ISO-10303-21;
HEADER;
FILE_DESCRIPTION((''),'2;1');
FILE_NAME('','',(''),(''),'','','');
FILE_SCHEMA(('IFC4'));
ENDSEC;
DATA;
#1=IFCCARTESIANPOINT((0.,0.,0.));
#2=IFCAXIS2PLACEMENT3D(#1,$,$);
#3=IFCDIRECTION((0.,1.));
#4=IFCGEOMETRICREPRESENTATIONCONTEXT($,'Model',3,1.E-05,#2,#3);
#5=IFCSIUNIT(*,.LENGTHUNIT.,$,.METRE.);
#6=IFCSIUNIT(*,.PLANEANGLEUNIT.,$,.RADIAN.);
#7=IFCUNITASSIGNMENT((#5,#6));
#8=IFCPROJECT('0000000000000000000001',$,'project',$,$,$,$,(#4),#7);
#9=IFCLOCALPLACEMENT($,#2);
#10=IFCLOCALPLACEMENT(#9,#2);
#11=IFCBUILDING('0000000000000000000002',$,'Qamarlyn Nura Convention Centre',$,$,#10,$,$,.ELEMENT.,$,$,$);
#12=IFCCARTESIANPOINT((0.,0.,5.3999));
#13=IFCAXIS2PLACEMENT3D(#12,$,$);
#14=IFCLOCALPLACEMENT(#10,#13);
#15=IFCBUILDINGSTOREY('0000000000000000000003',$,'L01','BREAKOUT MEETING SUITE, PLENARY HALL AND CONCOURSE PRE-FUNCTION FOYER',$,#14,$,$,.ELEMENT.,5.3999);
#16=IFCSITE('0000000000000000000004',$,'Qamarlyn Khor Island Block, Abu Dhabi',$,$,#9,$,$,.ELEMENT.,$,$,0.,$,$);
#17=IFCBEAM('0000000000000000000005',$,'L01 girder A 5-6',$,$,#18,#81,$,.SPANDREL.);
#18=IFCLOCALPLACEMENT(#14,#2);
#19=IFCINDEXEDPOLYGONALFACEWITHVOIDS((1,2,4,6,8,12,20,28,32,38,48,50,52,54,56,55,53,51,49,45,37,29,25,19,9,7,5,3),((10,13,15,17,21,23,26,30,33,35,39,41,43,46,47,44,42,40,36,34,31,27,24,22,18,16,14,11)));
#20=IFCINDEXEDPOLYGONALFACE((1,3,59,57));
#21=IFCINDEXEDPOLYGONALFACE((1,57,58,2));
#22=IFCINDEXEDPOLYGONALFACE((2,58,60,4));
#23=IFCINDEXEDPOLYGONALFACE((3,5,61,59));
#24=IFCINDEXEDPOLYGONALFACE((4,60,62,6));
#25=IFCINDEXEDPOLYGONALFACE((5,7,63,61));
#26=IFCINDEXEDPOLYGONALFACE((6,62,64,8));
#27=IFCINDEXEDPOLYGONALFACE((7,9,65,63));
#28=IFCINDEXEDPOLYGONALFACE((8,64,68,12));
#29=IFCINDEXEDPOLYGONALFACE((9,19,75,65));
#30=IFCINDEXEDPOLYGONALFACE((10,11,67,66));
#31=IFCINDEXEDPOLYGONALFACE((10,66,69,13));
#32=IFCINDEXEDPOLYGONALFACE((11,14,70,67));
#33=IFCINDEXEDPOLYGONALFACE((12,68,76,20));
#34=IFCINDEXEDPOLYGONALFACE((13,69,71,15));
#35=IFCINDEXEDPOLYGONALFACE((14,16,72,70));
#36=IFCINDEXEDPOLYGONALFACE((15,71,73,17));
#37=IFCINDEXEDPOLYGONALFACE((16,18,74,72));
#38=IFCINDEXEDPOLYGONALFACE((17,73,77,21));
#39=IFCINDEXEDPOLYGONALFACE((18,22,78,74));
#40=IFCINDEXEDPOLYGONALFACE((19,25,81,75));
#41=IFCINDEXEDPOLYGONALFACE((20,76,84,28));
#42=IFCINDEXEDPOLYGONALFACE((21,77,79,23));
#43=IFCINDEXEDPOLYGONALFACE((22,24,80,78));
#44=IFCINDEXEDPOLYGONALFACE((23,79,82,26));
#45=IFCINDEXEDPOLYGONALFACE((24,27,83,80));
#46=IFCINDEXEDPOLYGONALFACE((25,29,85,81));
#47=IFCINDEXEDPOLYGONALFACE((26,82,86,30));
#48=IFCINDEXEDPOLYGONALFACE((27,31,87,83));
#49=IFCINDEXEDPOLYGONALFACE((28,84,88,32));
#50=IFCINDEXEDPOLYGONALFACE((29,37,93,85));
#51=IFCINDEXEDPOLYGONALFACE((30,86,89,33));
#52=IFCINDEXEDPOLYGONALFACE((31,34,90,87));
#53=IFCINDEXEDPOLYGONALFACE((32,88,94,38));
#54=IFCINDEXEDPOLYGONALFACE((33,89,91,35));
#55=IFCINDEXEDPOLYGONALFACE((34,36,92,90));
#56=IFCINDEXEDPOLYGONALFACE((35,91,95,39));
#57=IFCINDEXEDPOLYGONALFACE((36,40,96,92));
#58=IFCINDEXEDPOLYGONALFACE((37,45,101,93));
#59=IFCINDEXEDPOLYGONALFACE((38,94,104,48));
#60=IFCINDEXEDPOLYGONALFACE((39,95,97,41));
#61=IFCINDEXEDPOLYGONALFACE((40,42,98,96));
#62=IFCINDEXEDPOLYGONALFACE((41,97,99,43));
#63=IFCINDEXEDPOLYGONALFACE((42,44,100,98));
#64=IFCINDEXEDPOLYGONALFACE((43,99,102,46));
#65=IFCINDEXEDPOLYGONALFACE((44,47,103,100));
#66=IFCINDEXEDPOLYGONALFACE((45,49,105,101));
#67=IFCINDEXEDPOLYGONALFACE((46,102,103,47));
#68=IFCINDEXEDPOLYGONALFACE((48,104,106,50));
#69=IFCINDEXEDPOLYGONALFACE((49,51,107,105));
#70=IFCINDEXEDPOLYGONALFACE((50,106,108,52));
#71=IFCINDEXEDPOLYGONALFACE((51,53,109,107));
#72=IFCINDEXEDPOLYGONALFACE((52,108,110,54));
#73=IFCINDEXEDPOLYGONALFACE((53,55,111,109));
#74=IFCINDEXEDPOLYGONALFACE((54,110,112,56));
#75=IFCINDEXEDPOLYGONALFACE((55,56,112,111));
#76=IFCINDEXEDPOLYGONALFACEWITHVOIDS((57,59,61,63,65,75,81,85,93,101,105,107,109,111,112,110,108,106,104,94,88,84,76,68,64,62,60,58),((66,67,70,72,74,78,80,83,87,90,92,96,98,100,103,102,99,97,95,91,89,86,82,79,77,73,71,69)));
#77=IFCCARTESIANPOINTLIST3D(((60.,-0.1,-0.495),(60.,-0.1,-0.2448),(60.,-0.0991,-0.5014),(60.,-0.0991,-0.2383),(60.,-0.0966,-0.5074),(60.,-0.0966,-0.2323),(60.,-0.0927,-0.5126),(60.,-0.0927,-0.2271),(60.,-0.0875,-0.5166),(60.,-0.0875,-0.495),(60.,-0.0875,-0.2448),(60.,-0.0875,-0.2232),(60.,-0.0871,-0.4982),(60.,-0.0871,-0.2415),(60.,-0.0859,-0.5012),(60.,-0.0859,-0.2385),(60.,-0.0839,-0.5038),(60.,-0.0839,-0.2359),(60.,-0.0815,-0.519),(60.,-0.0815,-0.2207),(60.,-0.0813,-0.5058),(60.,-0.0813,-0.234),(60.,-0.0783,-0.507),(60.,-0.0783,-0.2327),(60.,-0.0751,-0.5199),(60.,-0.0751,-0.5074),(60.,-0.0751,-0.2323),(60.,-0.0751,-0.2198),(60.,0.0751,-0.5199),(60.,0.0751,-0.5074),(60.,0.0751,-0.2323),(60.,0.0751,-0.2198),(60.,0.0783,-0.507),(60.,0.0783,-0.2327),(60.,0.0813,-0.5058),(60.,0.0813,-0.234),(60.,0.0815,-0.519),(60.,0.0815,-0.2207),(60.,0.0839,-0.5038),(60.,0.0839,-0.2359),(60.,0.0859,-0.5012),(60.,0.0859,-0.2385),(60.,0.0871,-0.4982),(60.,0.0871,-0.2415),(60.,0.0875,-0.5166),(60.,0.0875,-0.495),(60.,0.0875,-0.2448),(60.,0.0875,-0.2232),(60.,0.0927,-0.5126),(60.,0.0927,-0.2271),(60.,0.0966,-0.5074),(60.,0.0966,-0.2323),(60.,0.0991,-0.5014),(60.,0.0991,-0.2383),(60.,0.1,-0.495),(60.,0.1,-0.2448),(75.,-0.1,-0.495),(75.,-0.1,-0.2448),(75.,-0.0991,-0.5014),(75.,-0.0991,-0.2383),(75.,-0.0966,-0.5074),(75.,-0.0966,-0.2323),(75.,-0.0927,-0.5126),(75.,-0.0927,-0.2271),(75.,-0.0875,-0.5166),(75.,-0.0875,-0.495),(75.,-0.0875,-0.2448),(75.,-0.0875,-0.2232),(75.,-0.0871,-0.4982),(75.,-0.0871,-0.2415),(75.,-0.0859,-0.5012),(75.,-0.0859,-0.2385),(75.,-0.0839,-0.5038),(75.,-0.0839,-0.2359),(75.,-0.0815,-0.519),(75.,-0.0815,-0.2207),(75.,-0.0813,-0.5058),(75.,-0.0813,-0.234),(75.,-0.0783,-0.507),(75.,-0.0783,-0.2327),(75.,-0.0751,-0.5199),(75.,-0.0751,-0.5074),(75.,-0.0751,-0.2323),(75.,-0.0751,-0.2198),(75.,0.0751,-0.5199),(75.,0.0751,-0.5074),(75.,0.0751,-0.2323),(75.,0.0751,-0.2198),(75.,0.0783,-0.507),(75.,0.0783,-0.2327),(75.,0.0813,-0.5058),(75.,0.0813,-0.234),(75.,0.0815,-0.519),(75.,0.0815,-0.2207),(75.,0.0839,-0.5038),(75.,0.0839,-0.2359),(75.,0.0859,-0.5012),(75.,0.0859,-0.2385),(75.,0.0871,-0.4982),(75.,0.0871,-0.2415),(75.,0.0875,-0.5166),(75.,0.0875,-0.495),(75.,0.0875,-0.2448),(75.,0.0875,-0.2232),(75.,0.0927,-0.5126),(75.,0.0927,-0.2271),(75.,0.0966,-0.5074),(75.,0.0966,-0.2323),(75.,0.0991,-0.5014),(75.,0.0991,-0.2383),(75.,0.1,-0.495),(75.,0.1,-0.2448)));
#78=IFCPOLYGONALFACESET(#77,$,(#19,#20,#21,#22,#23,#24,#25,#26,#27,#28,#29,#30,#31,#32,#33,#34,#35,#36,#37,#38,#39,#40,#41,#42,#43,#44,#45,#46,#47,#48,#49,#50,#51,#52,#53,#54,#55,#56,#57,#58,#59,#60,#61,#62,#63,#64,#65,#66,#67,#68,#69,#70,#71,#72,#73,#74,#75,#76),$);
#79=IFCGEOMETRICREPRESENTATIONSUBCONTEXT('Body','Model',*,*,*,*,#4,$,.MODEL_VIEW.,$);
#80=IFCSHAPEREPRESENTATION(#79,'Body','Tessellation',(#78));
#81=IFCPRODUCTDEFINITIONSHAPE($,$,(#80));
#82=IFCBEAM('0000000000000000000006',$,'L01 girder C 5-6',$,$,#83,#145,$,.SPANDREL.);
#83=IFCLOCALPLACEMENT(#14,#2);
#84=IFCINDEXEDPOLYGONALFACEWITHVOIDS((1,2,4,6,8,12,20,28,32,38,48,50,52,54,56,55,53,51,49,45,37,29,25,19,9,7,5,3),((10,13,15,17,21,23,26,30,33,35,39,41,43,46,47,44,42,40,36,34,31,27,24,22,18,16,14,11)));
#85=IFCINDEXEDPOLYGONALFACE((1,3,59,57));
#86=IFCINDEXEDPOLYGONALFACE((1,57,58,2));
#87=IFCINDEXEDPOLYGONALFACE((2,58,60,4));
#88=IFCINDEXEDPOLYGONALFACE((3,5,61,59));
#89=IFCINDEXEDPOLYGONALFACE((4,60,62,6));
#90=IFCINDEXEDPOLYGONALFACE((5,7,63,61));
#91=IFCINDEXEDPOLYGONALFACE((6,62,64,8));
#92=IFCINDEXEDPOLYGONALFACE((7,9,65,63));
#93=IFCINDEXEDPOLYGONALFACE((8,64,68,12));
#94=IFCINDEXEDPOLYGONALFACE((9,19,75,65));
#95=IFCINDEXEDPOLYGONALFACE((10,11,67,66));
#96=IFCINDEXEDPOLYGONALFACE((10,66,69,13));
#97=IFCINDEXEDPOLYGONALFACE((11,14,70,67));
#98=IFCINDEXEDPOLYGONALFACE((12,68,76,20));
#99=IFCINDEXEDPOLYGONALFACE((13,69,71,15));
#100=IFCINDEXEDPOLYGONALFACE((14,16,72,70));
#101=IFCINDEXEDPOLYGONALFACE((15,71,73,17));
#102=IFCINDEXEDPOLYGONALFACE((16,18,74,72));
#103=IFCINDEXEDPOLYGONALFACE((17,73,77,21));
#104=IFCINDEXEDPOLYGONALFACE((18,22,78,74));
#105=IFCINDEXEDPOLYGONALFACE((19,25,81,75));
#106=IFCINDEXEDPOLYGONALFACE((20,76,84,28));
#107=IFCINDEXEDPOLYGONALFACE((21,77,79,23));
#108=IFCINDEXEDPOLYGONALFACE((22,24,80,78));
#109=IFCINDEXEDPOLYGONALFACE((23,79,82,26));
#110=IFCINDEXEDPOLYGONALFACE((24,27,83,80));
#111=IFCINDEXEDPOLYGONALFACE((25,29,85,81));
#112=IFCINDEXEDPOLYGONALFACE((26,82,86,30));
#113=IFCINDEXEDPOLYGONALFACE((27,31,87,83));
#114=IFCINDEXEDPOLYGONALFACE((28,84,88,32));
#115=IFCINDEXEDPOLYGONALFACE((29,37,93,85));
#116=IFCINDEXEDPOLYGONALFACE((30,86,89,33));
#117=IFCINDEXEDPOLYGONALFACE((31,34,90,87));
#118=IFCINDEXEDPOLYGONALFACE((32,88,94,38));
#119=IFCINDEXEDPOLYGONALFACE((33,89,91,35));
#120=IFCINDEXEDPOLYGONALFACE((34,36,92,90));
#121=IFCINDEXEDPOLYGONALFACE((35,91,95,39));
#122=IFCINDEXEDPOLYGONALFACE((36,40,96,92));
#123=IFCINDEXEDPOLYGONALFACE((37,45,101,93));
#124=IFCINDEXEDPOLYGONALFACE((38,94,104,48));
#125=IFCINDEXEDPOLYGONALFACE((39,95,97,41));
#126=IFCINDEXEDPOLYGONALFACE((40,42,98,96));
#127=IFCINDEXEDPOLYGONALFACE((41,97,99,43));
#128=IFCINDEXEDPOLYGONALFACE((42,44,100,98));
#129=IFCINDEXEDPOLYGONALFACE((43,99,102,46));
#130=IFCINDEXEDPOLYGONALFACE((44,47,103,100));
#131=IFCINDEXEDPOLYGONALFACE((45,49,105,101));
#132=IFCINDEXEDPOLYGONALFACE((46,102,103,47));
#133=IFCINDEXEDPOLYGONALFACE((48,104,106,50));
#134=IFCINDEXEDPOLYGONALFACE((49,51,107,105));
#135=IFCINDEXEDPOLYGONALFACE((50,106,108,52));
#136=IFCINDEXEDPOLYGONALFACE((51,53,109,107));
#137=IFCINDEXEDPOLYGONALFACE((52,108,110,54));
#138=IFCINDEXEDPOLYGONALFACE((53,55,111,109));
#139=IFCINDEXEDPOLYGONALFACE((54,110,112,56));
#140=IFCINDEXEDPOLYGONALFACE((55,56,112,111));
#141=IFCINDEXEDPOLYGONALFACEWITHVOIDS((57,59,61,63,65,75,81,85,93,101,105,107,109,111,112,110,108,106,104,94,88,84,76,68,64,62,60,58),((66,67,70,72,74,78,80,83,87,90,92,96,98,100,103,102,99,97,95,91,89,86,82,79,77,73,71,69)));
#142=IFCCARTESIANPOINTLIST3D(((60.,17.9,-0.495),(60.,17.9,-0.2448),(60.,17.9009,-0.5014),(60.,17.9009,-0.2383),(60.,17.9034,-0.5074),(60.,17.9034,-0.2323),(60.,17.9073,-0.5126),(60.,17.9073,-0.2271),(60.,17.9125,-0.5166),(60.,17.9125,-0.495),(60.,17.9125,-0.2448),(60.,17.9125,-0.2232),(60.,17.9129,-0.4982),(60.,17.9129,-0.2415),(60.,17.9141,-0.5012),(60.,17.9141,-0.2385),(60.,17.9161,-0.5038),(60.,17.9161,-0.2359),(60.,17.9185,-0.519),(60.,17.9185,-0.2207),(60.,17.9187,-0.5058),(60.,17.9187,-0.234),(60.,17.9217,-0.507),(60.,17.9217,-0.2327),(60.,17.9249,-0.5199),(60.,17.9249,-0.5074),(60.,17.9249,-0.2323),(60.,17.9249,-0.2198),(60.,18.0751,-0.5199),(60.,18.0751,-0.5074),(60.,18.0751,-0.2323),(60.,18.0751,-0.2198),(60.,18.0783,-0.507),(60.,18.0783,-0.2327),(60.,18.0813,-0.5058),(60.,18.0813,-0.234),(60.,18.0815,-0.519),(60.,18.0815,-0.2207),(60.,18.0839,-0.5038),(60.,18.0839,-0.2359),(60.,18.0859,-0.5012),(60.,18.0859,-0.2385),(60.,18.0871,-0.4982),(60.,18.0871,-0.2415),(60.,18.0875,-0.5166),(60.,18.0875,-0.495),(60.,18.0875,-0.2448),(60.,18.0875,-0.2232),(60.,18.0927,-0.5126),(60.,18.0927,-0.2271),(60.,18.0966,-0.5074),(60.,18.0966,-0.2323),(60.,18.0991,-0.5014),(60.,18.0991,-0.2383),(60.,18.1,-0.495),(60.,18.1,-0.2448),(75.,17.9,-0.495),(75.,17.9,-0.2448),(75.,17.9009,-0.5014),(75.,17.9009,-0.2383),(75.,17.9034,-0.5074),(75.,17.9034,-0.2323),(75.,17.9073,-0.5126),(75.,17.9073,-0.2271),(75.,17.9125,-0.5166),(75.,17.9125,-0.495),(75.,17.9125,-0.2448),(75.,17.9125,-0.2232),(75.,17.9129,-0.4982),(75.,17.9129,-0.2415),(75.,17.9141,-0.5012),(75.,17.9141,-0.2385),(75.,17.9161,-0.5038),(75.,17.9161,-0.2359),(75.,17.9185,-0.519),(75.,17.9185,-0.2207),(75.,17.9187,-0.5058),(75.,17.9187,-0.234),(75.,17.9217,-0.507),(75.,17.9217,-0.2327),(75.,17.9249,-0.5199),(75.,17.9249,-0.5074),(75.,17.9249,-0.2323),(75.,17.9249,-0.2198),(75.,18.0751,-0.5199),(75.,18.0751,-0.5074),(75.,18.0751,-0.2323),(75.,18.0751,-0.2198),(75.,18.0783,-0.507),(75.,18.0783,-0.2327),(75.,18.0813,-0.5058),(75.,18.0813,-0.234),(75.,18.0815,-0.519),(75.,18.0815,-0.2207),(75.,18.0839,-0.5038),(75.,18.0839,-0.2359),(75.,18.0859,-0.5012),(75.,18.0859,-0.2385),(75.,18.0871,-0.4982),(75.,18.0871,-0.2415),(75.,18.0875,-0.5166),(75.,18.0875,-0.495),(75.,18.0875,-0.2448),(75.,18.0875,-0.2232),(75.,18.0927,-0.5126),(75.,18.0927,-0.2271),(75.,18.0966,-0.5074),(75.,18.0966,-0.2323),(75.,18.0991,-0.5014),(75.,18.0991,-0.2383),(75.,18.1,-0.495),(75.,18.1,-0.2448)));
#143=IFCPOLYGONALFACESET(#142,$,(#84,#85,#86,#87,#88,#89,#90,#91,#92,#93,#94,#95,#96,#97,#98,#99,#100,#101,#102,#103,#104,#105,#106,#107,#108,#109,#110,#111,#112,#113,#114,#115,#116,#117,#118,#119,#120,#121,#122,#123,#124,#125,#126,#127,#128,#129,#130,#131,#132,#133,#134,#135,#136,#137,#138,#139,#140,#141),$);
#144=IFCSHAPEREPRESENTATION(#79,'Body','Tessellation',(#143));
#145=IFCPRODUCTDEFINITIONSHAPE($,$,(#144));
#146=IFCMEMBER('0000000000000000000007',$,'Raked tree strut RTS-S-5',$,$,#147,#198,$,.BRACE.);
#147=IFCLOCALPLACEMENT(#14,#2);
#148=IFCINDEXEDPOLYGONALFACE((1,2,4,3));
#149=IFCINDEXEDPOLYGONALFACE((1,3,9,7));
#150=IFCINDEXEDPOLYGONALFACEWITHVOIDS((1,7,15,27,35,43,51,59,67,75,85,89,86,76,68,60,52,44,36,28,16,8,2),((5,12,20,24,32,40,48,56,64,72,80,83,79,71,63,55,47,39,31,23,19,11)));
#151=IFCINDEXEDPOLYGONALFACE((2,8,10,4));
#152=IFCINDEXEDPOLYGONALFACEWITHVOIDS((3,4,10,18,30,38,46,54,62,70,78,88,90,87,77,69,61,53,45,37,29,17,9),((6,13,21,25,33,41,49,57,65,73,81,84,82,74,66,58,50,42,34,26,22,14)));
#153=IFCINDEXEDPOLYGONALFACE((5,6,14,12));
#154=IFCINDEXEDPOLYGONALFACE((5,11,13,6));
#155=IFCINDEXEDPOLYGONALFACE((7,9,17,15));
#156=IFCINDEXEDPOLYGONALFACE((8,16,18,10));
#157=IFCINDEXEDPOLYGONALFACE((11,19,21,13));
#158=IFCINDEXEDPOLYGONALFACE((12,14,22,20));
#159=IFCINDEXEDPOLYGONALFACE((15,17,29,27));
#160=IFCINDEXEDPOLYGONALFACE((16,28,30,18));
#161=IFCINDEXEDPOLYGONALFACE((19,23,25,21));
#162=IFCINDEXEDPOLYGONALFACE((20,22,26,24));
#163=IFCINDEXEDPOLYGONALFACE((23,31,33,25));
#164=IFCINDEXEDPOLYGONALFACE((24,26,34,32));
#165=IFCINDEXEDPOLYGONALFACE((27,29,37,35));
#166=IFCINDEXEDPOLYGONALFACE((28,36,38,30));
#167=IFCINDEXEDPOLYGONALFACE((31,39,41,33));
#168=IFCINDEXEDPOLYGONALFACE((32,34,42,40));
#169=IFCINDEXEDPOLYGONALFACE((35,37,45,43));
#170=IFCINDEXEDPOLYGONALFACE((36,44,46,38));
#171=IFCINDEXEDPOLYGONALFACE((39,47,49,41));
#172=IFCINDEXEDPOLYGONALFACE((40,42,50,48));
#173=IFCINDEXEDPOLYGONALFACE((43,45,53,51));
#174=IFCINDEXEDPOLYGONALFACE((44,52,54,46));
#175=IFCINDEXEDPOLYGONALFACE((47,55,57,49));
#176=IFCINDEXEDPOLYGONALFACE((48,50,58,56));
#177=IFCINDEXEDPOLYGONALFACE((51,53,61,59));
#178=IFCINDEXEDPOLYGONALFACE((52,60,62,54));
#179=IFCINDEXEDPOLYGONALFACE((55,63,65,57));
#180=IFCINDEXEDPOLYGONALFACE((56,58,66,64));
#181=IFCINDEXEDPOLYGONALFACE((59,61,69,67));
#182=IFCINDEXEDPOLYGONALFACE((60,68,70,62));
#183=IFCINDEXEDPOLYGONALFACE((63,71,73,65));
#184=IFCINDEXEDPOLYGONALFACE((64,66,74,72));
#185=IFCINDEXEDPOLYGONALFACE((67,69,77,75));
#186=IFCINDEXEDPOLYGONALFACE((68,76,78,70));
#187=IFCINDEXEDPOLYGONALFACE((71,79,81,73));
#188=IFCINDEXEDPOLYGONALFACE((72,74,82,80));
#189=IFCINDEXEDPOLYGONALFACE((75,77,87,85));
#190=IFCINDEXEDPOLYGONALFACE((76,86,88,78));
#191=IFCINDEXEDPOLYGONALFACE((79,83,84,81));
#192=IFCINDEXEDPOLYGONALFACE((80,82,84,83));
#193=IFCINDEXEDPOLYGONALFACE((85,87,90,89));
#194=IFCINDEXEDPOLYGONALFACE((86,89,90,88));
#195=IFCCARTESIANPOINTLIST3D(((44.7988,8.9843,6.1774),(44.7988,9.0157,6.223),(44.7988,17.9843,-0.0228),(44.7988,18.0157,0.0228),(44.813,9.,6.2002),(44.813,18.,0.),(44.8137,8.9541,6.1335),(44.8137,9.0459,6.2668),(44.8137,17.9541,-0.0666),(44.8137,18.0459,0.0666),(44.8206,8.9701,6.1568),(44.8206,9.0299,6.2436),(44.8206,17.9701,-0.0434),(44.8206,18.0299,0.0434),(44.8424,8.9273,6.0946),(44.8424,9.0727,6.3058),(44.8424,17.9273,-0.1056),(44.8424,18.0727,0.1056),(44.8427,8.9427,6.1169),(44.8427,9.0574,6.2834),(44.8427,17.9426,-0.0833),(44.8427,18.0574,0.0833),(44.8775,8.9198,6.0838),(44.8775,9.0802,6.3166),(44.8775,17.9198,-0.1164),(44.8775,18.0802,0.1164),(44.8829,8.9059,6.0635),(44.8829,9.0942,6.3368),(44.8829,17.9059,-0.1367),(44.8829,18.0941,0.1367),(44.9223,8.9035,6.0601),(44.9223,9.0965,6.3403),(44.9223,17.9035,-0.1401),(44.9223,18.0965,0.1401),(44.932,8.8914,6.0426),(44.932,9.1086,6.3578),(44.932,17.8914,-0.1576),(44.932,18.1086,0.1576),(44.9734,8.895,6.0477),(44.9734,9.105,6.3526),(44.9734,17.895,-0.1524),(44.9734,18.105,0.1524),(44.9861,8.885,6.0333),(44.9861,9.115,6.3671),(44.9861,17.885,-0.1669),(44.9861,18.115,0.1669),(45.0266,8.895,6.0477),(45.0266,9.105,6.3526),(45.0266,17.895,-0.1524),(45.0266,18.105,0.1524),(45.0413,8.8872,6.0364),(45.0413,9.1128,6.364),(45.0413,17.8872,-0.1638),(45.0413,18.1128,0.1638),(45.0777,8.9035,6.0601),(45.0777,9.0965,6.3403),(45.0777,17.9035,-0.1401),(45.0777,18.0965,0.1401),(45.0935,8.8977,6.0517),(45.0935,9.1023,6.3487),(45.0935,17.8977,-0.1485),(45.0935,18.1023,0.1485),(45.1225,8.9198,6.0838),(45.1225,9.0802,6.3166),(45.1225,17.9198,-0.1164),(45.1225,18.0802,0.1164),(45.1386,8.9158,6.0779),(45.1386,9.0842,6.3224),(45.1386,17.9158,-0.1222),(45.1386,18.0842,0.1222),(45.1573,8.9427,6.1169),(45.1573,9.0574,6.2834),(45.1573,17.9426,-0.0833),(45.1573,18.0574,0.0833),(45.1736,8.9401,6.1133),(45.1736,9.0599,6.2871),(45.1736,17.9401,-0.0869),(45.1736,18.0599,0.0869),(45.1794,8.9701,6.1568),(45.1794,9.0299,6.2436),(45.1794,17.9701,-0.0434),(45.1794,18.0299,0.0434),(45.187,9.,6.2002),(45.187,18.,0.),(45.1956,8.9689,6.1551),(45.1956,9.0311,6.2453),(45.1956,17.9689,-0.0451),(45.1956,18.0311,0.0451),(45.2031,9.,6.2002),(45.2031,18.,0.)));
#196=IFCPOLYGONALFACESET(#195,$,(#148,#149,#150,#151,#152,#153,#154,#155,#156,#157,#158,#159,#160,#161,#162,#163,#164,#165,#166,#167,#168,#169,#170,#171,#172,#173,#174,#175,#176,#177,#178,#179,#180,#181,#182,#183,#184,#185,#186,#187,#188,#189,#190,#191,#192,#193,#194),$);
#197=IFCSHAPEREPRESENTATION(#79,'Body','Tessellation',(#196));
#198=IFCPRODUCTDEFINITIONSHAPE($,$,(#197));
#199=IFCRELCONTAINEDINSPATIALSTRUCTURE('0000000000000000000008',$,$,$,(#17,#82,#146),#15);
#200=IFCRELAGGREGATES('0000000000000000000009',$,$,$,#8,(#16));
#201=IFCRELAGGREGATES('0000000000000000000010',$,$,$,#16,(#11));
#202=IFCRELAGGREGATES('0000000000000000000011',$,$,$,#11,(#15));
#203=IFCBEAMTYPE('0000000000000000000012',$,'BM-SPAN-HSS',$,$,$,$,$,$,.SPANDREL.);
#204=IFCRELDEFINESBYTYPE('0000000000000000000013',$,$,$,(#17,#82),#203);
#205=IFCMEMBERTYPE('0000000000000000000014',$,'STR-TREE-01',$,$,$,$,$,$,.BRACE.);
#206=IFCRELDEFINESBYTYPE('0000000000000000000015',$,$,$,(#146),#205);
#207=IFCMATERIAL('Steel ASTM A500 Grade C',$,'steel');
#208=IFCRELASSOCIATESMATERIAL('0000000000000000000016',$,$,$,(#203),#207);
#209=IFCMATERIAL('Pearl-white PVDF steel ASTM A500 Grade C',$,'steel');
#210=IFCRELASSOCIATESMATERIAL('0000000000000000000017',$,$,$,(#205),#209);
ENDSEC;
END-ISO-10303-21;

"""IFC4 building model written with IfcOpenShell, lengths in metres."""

from ifc_helpers import new_model, si_unit, direction, frame, origin, origin_2d, place, context, subcontext, project, spatial, hollow_rectangle, hollow_circle, extrude, material, material_profile, profile_set, type_object, element, save


model = new_model("IFC4")

# Units and contexts
model_context = context("Model", 3, precision=1e-05, world=origin(), true_north=direction((0.0, 1.0)))
body_context = subcontext(model_context, "Body", "Model", "MODEL_VIEW")
ifc_project = project(units=[si_unit("LENGTHUNIT", "METRE"), si_unit("PLANEANGLEUNIT", "RADIAN")], contexts=[model_context])

# Site, building, storey
site_placement = place(None, origin())
site = spatial("IfcSite", under=ifc_project, at=site_placement, Name="Qamarlyn Khor Island Block, Abu Dhabi", CompositionType="ELEMENT", RefElevation=0.0)
building_placement = place(site_placement, origin())
building = spatial("IfcBuilding", under=site, at=building_placement, Name="Qamarlyn Nura Convention Centre", CompositionType="ELEMENT")
storey_placement = place(building_placement, frame((0.0, 0.0, 5.3999)))
storey = spatial("IfcBuildingStorey", under=building, at=storey_placement, Name="L01", Description="BREAKOUT MEETING SUITE, PLENARY HALL AND CONCOURSE PRE-FUNCTION FOYER", CompositionType="ELEMENT", Elevation=5.3999)

# Shared definitions
ifc_material_1 = material(Name="Pearl-white PVDF steel ASTM A500 Grade C", Category="steel")

# Beams
ifc_material_2 = material(Name="Steel ASTM A500 Grade C", Category="steel")
ifc_material_profile_1 = material_profile(ifc_material_2, hollow_rectangle(XDim=0.2, YDim=0.3, WallThickness=0.0125, InnerFilletRadius=0.0125, OuterFilletRadius=0.0249, at=origin_2d()), Name="HSS300X200X12.5")
ifc_profile_set_1 = profile_set([ifc_material_profile_1], Name="Steel ASTM A500 Grade C")
beam_type_1 = type_object("IfcBeamType", Name="BM-SPAN-HSS", PredefinedType="SPANDREL", material=ifc_profile_set_1)
for number, where, z_axis, x_axis, name in (
    (1, (60.0, 0.0, -0.3699), (1.0, 0.0, 0.0), (0.0, 1.0, 0.0), "L01 girder A 5-6"),
    (2, (60.0, 18.0, -0.3699), (1.0, 0.0, 0.0), (0.0, 1.0, 0.0), "L01 girder C 5-6"),
):
    element("IfcBeam", number, at=place(storey_placement, frame(where, z_axis=z_axis, x_axis=x_axis)), inside=storey, type_object=beam_type_1, Name=name, PredefinedType="SPANDREL", context=body_context, shape_type="SweptSolid", body=[
        extrude(hollow_rectangle(XDim=0.2, YDim=0.3, WallThickness=0.0125, InnerFilletRadius=0.0125, OuterFilletRadius=0.0249, at=origin_2d()), origin(), (0.0, 0.0, 1.0), 15.0),
    ])

# Member
ifc_material_profile_2 = material_profile(ifc_material_1, hollow_circle(Radius=0.2031, WallThickness=0.0161, at=origin_2d()), Name="CHS406.4X16")
ifc_profile_set_2 = profile_set([ifc_material_profile_2], Name="Pearl-white PVDF steel ASTM A500 Grade C")
member_type = type_object("IfcMemberType", Name="STR-TREE-01", PredefinedType="BRACE", material=ifc_profile_set_2)
for number, where, z_axis, x_axis, name in (
    (3, (45.0, 18.0, 0.0), (0.0, -0.823499, 0.567317), (1.0, 0.0, 0.0), "Raked tree strut RTS-S-5"),
):
    element("IfcMember", number, at=place(storey_placement, frame(where, z_axis=z_axis, x_axis=x_axis)), inside=storey, type_object=member_type, Name=name, PredefinedType="BRACE", context=body_context, shape_type="SweptSolid", body=[
        extrude(hollow_circle(Radius=0.2031, WallThickness=0.0161, at=origin_2d()), origin(), (0.0, 0.0, 1.0), 10.929),
    ])

save(model, "model.ifc")
